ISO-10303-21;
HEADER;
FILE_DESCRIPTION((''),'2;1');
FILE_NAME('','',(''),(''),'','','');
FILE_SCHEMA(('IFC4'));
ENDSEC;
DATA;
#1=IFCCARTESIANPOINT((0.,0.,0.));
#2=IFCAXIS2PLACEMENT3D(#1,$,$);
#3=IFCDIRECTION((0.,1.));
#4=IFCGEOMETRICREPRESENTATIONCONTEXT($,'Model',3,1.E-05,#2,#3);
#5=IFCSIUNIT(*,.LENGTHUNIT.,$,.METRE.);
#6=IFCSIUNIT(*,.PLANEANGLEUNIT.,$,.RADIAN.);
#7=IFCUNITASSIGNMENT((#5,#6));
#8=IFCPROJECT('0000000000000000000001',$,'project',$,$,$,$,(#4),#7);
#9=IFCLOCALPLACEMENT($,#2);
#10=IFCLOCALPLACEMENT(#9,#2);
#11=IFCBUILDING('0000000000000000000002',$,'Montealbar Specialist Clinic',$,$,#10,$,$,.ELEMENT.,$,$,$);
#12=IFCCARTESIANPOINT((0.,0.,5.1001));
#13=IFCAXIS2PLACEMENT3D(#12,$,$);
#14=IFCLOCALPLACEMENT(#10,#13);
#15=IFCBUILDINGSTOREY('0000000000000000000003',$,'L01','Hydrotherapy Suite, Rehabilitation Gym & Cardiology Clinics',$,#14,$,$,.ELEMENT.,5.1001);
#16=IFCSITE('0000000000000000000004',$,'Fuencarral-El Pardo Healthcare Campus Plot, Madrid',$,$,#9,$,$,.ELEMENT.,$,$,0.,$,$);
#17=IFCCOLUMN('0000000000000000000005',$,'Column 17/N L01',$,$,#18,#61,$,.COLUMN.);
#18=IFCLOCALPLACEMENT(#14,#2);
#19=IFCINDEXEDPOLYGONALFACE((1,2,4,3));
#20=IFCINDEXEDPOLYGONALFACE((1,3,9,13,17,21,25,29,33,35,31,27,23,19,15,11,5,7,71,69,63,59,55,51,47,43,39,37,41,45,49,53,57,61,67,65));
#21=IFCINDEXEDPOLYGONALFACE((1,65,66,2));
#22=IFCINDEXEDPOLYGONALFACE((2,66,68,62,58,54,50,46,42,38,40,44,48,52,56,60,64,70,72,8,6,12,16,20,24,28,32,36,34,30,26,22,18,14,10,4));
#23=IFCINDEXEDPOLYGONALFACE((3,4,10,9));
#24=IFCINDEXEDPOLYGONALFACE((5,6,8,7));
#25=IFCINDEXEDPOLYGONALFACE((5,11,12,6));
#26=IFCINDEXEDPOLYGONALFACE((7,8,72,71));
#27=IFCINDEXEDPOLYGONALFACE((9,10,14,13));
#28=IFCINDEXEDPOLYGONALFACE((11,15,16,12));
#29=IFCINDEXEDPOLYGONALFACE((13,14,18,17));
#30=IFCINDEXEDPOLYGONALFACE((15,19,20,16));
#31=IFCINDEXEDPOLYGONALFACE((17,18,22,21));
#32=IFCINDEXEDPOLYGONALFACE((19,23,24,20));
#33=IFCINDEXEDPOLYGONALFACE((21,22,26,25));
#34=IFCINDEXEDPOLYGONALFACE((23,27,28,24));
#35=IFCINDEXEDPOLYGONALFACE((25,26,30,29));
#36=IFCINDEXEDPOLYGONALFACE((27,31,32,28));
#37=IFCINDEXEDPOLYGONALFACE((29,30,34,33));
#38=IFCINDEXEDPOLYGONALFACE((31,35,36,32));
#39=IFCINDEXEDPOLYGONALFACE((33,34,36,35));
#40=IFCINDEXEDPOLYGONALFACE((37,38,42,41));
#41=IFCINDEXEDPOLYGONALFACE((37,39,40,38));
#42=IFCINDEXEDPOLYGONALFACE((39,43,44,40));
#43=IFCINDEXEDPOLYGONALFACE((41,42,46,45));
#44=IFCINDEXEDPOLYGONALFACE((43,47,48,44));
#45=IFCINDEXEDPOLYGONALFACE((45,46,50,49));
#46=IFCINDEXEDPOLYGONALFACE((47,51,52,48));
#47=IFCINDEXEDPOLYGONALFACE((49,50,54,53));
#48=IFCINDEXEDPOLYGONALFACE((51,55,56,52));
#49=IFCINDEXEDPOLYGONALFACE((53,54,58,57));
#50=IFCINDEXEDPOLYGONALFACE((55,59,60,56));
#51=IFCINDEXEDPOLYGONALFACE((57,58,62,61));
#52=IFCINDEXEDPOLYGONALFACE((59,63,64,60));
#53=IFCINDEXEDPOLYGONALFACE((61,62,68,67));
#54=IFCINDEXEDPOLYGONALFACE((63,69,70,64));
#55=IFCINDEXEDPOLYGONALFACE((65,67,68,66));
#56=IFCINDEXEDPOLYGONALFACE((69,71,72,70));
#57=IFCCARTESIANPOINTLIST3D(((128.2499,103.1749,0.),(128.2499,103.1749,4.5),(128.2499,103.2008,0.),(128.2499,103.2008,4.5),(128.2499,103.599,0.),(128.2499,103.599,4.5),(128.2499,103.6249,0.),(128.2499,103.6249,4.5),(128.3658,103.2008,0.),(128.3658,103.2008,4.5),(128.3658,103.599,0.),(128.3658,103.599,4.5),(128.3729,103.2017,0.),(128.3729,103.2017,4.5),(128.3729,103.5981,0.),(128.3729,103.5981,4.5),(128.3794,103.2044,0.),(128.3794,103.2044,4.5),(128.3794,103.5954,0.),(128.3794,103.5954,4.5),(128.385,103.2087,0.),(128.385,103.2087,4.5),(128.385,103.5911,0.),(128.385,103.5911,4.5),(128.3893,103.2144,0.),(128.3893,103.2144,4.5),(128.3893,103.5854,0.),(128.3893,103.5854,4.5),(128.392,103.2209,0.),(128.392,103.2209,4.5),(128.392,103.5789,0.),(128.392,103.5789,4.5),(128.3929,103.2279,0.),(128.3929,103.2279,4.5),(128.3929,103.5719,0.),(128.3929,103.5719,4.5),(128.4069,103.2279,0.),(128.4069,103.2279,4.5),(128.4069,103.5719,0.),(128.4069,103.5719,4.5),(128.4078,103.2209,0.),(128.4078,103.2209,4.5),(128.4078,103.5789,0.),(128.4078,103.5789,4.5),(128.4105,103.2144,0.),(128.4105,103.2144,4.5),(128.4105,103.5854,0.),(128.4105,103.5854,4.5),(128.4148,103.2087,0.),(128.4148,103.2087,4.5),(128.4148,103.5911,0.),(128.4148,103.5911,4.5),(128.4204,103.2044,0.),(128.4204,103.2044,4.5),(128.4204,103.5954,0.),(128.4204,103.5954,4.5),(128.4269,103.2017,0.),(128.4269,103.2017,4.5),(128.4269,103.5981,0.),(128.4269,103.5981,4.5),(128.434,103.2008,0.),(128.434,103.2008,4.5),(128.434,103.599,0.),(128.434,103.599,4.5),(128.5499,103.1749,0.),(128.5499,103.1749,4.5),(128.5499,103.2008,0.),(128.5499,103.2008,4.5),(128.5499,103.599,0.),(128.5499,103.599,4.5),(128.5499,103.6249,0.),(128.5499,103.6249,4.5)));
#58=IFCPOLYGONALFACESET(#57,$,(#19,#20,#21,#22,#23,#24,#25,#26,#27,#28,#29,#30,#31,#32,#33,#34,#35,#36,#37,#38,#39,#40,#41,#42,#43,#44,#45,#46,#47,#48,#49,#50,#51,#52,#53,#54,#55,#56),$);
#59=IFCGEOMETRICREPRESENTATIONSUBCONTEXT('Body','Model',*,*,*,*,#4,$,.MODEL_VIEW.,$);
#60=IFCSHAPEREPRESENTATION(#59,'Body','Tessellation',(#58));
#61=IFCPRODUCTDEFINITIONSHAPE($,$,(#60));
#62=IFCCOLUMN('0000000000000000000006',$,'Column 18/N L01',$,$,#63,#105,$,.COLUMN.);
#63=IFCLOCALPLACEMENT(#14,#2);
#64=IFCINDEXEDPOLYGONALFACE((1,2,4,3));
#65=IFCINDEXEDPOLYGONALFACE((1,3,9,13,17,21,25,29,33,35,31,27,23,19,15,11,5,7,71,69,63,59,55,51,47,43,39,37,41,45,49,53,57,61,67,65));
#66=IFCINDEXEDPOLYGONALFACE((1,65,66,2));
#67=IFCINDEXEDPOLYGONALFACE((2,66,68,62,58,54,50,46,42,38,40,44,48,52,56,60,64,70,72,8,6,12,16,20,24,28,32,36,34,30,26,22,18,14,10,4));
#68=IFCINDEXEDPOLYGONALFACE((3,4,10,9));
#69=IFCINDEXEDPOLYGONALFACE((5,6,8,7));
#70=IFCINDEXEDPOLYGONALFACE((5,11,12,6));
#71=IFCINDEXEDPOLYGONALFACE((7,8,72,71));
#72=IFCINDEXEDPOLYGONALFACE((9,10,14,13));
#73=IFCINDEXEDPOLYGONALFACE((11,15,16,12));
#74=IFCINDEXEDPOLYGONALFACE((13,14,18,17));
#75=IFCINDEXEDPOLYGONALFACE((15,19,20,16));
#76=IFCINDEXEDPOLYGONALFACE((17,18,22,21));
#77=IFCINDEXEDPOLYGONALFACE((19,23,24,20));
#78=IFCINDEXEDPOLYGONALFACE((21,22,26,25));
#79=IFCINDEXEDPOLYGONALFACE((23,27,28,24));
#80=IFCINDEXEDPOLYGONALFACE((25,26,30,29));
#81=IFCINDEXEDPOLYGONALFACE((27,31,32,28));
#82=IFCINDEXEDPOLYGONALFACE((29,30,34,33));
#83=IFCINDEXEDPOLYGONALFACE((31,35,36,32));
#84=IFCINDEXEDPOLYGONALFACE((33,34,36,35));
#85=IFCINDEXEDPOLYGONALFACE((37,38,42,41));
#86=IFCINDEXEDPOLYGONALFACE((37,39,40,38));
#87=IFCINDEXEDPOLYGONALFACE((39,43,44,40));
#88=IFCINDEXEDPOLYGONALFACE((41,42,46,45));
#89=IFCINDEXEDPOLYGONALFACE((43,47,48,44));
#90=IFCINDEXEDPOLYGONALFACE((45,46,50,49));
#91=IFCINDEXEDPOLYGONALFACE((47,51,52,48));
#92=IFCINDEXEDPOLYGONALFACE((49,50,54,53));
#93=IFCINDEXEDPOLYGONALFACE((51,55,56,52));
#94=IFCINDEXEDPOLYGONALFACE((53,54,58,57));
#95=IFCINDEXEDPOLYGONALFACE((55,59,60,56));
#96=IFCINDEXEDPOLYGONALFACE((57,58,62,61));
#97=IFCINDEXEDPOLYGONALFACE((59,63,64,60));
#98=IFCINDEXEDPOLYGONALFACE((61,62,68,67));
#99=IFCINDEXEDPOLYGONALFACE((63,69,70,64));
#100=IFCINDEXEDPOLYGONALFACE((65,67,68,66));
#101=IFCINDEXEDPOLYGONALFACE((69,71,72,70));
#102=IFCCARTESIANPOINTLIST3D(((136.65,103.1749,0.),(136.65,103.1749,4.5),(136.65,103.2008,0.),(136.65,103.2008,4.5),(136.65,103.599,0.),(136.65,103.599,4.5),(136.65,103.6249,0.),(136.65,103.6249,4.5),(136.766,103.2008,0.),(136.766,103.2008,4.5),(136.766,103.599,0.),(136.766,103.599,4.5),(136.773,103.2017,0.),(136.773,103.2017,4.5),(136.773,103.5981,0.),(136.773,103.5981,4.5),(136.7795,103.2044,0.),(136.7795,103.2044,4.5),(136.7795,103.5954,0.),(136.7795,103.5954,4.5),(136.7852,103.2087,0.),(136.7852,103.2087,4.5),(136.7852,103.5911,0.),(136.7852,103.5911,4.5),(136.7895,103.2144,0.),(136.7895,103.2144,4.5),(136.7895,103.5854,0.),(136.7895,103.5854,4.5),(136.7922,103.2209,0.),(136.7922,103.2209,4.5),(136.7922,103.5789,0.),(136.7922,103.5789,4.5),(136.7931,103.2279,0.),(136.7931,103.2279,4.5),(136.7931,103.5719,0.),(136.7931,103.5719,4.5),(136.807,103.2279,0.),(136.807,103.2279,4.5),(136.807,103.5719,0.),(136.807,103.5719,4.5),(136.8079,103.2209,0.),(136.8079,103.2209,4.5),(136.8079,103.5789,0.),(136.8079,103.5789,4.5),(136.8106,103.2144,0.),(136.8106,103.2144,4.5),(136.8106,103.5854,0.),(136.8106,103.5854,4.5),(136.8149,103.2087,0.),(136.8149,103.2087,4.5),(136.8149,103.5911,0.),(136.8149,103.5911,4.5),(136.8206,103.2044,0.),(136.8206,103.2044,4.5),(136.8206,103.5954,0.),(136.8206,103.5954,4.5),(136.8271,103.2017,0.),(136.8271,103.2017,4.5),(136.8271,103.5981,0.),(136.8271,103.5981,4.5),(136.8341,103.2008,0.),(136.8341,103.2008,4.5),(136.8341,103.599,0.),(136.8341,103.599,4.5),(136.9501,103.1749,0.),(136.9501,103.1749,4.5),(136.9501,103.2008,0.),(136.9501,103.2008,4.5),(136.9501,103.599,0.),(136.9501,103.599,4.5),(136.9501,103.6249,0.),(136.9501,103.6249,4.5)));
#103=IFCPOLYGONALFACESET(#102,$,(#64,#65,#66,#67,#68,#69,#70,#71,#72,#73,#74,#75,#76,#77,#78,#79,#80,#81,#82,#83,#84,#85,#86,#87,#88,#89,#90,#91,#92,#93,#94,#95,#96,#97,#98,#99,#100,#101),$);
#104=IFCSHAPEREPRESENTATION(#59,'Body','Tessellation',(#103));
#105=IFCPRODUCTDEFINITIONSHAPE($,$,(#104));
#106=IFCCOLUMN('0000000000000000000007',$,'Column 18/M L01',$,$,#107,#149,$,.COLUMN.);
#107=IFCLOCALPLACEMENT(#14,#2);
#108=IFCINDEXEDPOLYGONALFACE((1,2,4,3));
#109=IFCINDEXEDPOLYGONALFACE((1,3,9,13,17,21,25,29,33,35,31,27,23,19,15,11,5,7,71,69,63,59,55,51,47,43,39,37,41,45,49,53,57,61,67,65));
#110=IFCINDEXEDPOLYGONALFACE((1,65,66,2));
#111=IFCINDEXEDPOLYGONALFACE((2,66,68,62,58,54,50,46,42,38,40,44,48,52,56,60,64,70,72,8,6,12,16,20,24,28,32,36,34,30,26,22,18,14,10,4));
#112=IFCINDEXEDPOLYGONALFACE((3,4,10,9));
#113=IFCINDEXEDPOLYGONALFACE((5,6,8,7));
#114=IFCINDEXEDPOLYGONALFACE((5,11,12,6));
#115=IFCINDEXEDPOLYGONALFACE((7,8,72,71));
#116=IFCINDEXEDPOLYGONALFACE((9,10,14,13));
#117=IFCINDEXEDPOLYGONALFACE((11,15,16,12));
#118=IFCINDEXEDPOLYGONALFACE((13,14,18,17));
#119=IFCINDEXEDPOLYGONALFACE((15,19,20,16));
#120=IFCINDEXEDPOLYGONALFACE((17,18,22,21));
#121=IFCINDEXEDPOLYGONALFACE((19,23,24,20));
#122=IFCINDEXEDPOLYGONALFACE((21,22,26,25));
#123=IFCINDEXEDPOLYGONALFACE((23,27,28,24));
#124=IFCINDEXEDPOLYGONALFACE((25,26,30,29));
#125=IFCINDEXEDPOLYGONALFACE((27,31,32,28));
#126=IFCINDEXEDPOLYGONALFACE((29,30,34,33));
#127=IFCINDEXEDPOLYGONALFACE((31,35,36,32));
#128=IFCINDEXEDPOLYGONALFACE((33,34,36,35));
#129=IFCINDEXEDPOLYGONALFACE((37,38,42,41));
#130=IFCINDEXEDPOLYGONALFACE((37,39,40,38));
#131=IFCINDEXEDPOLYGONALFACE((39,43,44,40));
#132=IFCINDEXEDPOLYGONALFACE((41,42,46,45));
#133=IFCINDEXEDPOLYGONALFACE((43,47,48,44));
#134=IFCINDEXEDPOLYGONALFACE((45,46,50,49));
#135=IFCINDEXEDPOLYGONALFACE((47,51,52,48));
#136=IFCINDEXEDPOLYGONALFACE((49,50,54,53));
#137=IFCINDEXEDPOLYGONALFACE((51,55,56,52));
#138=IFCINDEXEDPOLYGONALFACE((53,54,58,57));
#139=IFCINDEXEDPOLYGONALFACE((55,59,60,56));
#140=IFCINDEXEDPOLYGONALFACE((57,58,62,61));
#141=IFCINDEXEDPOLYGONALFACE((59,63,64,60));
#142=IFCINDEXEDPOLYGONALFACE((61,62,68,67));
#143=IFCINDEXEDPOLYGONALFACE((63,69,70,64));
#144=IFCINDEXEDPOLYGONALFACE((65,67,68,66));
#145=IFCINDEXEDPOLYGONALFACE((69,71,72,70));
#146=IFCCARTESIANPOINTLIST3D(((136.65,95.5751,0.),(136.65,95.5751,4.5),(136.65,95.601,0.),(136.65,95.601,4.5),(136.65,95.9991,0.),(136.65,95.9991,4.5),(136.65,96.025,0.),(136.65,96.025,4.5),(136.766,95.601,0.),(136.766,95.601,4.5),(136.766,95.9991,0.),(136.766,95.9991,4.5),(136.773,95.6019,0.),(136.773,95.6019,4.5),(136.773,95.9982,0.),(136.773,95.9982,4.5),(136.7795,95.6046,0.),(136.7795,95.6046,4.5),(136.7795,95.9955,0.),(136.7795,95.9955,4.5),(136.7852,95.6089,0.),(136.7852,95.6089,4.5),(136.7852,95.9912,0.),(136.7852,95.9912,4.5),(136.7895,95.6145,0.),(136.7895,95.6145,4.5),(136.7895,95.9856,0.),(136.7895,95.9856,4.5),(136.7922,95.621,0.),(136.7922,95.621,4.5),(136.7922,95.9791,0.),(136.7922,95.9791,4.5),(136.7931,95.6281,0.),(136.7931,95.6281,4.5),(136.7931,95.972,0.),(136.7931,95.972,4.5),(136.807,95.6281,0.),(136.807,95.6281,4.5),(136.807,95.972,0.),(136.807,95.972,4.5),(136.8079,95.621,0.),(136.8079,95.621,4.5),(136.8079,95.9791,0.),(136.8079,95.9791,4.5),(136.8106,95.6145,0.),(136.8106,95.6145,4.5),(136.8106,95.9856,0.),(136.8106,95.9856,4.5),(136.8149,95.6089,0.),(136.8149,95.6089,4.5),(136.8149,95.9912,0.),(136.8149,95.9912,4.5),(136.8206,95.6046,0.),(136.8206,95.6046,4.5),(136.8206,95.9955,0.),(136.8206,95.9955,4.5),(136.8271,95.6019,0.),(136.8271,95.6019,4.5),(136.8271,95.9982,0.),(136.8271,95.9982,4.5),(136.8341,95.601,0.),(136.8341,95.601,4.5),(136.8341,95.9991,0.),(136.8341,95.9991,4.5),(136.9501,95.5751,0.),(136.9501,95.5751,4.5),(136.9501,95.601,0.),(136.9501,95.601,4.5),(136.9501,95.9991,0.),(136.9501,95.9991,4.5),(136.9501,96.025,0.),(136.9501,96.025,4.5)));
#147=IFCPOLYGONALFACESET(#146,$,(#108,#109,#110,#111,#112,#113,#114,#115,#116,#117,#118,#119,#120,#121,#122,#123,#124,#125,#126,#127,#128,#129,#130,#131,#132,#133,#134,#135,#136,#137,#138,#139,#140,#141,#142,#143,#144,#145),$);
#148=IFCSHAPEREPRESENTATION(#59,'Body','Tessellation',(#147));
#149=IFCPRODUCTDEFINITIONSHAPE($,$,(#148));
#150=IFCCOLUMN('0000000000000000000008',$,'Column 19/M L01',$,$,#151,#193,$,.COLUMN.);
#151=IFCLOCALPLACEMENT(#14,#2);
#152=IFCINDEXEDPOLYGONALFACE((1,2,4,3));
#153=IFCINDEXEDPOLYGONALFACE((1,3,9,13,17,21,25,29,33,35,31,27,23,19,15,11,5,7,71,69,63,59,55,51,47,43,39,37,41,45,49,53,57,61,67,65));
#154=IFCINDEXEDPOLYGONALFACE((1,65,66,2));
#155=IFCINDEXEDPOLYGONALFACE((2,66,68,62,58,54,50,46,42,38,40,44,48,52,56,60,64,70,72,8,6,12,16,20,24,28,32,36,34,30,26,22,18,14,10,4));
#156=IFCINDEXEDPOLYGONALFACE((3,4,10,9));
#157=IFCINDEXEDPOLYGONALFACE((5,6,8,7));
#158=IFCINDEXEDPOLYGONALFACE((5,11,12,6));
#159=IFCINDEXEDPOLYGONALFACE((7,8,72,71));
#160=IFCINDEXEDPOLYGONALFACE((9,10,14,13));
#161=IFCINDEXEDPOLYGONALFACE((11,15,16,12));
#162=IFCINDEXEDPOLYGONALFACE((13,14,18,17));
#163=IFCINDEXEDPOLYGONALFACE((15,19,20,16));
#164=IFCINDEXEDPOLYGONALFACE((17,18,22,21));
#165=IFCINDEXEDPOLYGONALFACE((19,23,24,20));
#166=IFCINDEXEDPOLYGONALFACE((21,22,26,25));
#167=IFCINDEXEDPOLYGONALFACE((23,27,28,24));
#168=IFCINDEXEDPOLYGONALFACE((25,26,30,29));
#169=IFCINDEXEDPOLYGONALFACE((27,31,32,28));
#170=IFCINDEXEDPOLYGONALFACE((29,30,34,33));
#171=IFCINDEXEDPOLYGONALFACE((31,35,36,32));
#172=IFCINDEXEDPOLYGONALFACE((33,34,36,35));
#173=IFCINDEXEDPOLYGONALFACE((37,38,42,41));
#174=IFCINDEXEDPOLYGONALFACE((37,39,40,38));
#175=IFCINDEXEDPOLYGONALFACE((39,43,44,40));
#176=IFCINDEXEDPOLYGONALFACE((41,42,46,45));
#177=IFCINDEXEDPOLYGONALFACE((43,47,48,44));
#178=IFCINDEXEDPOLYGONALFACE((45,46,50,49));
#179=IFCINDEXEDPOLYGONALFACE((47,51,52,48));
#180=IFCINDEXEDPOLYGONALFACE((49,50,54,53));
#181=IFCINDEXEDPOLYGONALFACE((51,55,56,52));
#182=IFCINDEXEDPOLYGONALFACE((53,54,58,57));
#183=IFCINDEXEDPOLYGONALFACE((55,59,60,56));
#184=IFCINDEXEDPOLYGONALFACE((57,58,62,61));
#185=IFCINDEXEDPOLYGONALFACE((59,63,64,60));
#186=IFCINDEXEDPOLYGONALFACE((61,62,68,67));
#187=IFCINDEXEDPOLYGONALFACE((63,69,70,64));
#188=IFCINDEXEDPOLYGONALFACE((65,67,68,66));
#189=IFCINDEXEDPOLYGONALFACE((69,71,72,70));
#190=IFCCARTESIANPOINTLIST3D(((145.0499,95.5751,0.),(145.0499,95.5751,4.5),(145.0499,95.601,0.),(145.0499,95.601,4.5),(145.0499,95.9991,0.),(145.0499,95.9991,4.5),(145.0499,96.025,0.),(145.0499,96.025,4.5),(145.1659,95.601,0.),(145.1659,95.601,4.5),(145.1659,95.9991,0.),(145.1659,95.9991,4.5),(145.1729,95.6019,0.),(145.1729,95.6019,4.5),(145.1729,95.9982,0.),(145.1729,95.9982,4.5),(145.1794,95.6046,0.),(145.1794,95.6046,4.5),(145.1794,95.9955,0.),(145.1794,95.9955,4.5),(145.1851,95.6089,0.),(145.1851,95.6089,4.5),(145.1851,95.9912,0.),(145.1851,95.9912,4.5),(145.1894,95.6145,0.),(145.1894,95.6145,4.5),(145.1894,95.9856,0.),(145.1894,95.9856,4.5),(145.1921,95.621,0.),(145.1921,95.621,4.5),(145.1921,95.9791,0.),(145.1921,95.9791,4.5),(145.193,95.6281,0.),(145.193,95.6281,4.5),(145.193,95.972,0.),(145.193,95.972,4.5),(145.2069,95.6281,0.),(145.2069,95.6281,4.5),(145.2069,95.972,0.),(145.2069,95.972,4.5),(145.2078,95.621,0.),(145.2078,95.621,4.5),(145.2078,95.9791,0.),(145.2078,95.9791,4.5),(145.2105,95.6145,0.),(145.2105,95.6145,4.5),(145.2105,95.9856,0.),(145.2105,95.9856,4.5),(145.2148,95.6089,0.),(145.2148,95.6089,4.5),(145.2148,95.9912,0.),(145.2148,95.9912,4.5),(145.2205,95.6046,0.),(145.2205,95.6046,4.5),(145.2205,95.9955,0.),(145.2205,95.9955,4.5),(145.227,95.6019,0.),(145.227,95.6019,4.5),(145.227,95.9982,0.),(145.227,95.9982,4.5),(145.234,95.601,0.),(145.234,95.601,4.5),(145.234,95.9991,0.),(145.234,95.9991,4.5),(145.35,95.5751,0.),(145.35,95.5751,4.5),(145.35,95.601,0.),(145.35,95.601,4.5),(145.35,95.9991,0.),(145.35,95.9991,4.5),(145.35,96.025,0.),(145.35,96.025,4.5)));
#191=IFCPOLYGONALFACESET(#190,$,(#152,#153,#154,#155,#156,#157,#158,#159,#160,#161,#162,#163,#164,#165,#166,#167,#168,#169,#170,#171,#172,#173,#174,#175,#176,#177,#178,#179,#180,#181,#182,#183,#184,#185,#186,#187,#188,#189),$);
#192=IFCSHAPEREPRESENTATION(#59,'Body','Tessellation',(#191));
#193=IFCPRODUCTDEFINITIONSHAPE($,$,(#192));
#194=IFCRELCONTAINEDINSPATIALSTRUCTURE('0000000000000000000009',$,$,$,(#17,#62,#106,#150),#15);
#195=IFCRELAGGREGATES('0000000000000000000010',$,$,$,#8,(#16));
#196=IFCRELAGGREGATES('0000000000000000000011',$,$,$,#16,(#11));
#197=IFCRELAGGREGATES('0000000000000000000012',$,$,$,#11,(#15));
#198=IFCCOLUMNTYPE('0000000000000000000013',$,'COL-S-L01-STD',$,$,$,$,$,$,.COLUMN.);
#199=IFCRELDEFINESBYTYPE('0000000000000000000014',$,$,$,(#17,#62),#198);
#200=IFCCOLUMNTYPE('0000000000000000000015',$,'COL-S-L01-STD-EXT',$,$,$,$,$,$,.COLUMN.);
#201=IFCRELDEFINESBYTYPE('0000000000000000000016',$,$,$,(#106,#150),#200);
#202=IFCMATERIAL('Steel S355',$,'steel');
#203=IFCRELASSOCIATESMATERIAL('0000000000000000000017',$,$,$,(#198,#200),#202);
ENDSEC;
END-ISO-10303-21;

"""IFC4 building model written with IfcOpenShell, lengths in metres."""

from ifc_helpers import new_model, si_unit, direction, frame, origin, origin_2d, place, context, subcontext, project, spatial, i_section, extrude, material, material_profile, profile_set, type_object, element, save


model = new_model("IFC4")

# Units and contexts
model_context = context("Model", 3, precision=1e-05, world=origin(), true_north=direction((0.0, 1.0)))
body_context = subcontext(model_context, "Body", "Model", "MODEL_VIEW")
ifc_project = project(units=[si_unit("LENGTHUNIT", "METRE"), si_unit("PLANEANGLEUNIT", "RADIAN")], contexts=[model_context])

# Site, building, storey
site_placement = place(None, origin())
site = spatial("IfcSite", under=ifc_project, at=site_placement, Name="Fuencarral-El Pardo Healthcare Campus Plot, Madrid", CompositionType="ELEMENT", RefElevation=0.0)
building_placement = place(site_placement, origin())
building = spatial("IfcBuilding", under=site, at=building_placement, Name="Montealbar Specialist Clinic", CompositionType="ELEMENT")
storey_placement = place(building_placement, frame((0.0, 0.0, 5.1001)))
storey = spatial("IfcBuildingStorey", under=building, at=storey_placement, Name="L01", Description="Hydrotherapy Suite, Rehabilitation Gym & Cardiology Clinics", CompositionType="ELEMENT", Elevation=5.1001)

# Columns
ifc_material_1 = material(Name="Steel S355", Category="steel")
ifc_material_profile_1 = material_profile(ifc_material_1, i_section(OverallWidth=0.3, OverallDepth=0.45, WebThickness=0.0139, FlangeThickness=0.0259, FilletRadius=0.0271, at=origin_2d()), Name="HEB 450", Category="steel")
ifc_profile_set_1 = profile_set([ifc_material_profile_1], Name="Steel S355")
column_type_1 = type_object("IfcColumnType", Name="COL-S-L01-STD", PredefinedType="COLUMN", material=ifc_profile_set_1)
for number, where, z_axis, x_axis, name in (
    (1, (128.3999, 103.3999, 0.0), (0.0, 0.0, 1.0), (1.0, 0.0, 0.0), "Column 17/N L01"),
    (2, (136.8, 103.3999, 0.0), (0.0, 0.0, 1.0), (1.0, 0.0, 0.0), "Column 18/N L01"),
):
    element("IfcColumn", number, at=place(storey_placement, frame(where, z_axis=z_axis, x_axis=x_axis)), inside=storey, type_object=column_type_1, Name=name, PredefinedType="COLUMN", context=body_context, shape_type="SweptSolid", body=[
        extrude(i_section(OverallWidth=0.3, OverallDepth=0.45, WebThickness=0.0139, FlangeThickness=0.0259, FilletRadius=0.0271, at=origin_2d()), origin(), (0.0, 0.0, 1.0), 4.5),
    ])
ifc_material_profile_2 = material_profile(ifc_material_1, i_section(OverallWidth=0.3, OverallDepth=0.45, WebThickness=0.0139, FlangeThickness=0.0259, FilletRadius=0.0271, at=origin_2d()), Name="HEB 450", Category="steel")
ifc_profile_set_2 = profile_set([ifc_material_profile_2], Name="Steel S355")
column_type_2 = type_object("IfcColumnType", Name="COL-S-L01-STD-EXT", PredefinedType="COLUMN", material=ifc_profile_set_2)
for number, where, z_axis, x_axis, name in (
    (3, (136.8, 95.8, 0.0), (0.0, 0.0, 1.0), (1.0, 0.0, 0.0), "Column 18/M L01"),
    (4, (145.2, 95.8, 0.0), (0.0, 0.0, 1.0), (1.0, 0.0, 0.0), "Column 19/M L01"),
):
    element("IfcColumn", number, at=place(storey_placement, frame(where, z_axis=z_axis, x_axis=x_axis)), inside=storey, type_object=column_type_2, Name=name, PredefinedType="COLUMN", context=body_context, shape_type="SweptSolid", body=[
        extrude(i_section(OverallWidth=0.3, OverallDepth=0.45, WebThickness=0.0139, FlangeThickness=0.0259, FilletRadius=0.0271, at=origin_2d()), origin(), (0.0, 0.0, 1.0), 4.5),
    ])

save(model, "model.ifc")
